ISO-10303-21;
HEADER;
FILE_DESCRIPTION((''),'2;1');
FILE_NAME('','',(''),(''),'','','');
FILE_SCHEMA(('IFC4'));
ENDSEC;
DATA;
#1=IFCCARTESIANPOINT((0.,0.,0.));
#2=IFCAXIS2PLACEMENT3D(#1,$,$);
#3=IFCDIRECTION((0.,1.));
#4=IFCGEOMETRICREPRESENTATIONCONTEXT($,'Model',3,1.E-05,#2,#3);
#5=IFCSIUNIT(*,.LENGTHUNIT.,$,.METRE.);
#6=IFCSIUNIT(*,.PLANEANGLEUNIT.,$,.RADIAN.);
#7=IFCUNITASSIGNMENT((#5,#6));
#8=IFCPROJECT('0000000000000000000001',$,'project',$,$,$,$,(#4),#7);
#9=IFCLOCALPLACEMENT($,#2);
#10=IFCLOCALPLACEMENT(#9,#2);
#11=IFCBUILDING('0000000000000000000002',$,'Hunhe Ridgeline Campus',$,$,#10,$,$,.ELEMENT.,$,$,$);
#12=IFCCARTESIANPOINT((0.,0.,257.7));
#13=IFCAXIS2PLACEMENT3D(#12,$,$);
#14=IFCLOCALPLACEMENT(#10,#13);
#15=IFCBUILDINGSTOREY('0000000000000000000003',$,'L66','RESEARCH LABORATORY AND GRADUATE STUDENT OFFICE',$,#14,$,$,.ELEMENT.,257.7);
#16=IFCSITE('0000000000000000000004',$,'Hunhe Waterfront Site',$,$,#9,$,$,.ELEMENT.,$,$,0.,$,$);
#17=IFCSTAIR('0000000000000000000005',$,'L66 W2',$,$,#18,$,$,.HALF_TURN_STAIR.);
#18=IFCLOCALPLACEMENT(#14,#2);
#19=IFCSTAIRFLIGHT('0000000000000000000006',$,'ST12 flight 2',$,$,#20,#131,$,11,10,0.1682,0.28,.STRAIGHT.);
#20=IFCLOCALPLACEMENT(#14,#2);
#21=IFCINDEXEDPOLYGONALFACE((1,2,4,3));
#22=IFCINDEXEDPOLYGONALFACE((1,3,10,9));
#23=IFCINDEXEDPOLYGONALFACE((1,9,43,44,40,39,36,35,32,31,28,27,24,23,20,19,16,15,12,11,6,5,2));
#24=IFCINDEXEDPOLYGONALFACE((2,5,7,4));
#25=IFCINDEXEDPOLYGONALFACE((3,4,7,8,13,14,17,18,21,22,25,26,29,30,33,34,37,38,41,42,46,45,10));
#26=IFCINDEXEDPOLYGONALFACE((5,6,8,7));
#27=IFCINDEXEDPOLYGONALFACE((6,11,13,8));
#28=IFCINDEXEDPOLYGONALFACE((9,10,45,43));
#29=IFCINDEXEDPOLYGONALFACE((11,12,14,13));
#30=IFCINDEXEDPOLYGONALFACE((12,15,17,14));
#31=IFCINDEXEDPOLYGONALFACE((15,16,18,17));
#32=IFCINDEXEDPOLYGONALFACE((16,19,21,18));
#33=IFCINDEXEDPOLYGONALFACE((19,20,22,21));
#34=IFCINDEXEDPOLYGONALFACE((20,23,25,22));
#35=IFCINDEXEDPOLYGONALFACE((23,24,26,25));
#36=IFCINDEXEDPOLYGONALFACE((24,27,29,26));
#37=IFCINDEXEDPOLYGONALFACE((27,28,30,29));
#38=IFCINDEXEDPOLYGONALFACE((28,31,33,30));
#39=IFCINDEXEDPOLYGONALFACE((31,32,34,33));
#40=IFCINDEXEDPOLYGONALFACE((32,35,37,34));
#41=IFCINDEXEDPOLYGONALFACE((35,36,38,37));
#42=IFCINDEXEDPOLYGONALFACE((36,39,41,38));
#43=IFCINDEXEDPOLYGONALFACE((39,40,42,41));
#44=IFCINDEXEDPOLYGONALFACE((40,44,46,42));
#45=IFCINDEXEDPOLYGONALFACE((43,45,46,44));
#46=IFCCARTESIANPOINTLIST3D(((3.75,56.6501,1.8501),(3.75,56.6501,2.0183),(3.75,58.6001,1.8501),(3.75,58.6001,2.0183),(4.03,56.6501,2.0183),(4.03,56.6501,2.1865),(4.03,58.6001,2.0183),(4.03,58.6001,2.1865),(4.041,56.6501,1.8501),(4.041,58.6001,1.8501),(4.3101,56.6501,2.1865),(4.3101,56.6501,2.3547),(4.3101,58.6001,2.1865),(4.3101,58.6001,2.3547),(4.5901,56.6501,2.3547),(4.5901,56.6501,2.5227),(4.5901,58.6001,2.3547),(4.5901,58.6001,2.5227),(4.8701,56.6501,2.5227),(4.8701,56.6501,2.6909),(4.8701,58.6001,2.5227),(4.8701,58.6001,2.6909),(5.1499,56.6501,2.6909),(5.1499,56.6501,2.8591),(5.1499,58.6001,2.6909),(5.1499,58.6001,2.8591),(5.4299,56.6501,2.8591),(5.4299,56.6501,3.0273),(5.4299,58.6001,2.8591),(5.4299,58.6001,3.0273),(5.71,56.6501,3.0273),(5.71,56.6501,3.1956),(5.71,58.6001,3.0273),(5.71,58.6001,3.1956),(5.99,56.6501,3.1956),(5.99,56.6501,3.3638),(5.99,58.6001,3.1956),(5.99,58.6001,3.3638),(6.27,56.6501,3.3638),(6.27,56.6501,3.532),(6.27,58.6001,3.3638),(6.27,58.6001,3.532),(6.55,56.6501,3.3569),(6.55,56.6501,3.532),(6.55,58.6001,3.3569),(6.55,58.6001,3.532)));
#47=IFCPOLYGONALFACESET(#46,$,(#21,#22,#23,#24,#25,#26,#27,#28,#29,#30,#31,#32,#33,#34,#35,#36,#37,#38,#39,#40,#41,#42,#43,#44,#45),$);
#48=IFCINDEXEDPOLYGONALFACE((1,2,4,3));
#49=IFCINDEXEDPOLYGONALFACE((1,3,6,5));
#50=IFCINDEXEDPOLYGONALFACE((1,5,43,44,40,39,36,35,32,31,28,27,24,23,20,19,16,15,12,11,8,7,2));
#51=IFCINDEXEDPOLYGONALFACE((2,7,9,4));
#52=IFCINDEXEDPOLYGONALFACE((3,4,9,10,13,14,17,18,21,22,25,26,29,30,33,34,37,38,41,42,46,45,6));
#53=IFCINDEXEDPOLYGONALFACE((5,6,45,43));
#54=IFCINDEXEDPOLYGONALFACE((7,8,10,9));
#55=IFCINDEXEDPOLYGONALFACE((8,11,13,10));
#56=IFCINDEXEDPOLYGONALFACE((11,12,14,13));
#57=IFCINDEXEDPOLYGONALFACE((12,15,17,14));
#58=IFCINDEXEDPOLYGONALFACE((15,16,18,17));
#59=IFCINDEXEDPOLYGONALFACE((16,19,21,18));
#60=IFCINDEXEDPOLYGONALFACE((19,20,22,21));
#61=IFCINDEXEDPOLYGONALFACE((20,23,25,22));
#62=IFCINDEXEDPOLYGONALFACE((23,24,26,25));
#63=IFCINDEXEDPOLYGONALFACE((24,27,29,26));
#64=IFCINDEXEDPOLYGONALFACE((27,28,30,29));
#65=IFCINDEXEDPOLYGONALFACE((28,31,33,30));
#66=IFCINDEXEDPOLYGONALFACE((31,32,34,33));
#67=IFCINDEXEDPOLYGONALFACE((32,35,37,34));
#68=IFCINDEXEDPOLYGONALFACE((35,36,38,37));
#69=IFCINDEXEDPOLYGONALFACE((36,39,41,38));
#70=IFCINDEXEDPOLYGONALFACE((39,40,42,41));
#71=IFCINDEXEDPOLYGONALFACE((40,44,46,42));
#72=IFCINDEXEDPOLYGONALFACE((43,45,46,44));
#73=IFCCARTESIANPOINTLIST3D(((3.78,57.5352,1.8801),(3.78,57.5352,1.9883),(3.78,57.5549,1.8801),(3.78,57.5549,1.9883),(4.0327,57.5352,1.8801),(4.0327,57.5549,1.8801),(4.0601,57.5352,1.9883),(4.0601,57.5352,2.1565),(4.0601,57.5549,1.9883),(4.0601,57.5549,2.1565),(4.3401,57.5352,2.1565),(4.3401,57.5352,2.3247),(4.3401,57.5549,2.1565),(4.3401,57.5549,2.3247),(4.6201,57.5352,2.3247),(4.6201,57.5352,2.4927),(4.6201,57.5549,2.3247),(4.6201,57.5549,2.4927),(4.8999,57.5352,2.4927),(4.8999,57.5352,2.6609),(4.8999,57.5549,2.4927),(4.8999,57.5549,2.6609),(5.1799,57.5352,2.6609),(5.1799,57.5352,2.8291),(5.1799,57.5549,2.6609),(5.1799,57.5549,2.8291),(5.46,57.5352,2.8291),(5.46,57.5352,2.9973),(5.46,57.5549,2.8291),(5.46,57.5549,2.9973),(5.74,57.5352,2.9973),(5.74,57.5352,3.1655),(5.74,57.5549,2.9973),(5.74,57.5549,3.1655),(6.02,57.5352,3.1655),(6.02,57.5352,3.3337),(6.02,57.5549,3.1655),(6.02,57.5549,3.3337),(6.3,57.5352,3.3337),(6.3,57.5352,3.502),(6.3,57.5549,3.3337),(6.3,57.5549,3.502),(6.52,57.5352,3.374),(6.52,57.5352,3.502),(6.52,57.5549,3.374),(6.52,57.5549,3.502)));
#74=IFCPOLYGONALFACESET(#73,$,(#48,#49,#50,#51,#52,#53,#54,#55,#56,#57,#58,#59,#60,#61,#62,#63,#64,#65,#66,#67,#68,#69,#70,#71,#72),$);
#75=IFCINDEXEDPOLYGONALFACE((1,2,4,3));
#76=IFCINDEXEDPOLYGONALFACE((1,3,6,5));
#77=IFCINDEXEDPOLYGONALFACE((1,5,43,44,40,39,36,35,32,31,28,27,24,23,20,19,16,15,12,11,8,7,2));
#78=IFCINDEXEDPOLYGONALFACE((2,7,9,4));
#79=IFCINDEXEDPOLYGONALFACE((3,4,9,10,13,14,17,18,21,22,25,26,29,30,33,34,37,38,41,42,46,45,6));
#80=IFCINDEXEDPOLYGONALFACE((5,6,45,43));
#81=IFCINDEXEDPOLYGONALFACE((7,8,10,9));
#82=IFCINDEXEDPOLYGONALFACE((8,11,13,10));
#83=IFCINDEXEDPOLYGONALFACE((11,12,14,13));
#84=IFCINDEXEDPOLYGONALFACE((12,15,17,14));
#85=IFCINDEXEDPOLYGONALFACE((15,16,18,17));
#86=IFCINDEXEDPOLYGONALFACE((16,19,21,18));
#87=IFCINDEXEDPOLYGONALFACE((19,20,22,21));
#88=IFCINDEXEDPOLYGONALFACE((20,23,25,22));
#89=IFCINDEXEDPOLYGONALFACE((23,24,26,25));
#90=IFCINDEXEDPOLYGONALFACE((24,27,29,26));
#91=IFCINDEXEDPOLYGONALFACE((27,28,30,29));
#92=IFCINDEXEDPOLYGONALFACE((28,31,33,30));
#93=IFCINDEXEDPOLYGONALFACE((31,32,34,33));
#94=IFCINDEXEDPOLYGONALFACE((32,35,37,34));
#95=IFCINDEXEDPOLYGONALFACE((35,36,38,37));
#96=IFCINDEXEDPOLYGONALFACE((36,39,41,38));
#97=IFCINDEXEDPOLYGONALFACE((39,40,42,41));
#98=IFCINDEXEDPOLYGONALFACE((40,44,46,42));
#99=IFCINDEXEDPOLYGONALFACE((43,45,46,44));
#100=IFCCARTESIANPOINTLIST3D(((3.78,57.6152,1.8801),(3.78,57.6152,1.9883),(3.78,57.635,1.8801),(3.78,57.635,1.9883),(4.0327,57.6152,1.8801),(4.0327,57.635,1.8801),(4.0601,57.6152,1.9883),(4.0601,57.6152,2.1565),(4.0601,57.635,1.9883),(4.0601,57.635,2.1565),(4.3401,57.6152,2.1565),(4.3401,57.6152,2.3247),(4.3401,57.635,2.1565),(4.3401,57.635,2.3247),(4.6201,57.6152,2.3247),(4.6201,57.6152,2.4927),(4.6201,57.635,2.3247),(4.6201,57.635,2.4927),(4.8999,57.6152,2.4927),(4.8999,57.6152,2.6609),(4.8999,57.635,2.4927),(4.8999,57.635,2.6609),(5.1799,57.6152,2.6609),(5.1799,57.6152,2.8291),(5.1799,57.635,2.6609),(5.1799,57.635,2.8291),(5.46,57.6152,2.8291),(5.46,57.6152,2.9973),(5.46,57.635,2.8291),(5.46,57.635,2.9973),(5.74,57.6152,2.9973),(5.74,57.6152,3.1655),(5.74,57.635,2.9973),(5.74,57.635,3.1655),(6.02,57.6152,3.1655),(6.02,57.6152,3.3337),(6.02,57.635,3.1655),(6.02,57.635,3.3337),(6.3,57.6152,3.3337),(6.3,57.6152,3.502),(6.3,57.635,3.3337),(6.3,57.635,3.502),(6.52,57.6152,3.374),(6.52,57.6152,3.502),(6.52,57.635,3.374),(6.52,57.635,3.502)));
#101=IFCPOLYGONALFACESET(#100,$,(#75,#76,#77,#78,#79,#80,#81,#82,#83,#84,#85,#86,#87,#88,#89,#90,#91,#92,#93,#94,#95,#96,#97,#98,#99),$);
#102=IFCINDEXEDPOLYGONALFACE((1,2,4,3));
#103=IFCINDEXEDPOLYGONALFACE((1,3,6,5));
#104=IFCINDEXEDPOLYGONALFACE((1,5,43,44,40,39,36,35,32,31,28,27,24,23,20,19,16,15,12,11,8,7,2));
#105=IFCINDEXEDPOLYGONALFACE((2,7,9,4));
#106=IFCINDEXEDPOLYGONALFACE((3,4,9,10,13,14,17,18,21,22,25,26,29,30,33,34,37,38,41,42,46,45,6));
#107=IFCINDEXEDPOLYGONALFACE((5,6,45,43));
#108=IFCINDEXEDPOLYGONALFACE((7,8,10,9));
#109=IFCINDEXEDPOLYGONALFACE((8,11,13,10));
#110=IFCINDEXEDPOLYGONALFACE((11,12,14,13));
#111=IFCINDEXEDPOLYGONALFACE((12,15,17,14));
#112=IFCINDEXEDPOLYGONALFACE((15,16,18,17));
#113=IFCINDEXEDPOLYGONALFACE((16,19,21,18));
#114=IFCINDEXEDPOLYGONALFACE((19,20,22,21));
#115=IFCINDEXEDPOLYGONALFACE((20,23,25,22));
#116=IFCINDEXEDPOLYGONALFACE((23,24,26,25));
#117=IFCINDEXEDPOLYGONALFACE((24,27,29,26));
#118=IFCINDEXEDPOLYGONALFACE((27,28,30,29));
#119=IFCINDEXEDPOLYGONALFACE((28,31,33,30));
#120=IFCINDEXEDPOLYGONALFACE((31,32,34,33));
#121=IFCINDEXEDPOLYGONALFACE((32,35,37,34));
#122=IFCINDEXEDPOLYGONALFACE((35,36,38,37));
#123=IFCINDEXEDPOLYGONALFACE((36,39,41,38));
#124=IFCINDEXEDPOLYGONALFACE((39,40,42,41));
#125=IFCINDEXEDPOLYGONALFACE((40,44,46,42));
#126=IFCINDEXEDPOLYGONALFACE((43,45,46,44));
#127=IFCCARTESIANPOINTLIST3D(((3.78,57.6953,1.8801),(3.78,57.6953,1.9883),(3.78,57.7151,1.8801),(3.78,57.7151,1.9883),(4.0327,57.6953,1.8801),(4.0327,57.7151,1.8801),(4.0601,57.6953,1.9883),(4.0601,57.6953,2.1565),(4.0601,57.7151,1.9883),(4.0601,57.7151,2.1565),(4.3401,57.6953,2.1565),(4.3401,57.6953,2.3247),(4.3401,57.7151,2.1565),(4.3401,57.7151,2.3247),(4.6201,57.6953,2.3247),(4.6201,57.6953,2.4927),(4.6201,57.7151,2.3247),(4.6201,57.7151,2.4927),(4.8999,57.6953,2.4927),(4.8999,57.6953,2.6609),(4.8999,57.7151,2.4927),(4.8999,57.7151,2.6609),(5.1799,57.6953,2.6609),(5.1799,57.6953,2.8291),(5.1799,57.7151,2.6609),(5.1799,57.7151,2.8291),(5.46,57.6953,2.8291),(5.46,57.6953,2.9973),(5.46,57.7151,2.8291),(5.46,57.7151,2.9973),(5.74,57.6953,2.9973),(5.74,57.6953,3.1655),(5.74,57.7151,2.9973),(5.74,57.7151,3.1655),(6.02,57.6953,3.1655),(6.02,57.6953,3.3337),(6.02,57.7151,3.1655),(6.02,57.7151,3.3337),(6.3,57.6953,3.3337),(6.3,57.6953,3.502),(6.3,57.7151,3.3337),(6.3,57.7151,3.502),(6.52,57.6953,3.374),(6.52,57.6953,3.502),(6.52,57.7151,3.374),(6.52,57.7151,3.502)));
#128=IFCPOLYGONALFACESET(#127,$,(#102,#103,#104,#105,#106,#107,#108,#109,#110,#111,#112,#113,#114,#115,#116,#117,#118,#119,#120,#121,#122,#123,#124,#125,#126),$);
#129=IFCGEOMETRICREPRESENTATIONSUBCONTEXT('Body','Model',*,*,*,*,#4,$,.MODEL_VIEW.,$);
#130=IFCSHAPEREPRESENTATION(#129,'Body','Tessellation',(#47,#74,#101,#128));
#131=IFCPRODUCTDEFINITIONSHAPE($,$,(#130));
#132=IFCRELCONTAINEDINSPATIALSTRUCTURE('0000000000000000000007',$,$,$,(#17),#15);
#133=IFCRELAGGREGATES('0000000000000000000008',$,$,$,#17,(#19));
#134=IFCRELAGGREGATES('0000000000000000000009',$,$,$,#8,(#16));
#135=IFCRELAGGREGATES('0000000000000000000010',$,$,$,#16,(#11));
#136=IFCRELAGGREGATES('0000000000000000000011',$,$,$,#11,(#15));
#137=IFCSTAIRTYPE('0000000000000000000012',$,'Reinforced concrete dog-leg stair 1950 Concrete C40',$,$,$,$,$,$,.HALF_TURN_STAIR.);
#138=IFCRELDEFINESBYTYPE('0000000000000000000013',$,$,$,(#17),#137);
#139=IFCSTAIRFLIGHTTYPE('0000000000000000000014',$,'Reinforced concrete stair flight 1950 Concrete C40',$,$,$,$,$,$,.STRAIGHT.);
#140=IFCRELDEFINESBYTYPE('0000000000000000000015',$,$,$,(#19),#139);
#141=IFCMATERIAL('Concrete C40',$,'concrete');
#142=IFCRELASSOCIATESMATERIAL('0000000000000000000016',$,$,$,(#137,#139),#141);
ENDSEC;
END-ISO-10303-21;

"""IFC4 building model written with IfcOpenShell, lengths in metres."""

from ifc_helpers import new_model, si_unit, direction, frame, origin, place, context, subcontext, project, spatial, polyline, outline, extrude, material, type_object, element, aggregate, save


model = new_model("IFC4")

# Units and contexts
model_context = context("Model", 3, precision=1e-05, world=origin(), true_north=direction((0.0, 1.0)))
body_context = subcontext(model_context, "Body", "Model", "MODEL_VIEW")
ifc_project = project(units=[si_unit("LENGTHUNIT", "METRE"), si_unit("PLANEANGLEUNIT", "RADIAN")], contexts=[model_context])

# Site, building, storey
site_placement = place(None, origin())
site = spatial("IfcSite", under=ifc_project, at=site_placement, Name="Hunhe Waterfront Site", CompositionType="ELEMENT", RefElevation=0.0)
building_placement = place(site_placement, origin())
building = spatial("IfcBuilding", under=site, at=building_placement, Name="Hunhe Ridgeline Campus", CompositionType="ELEMENT")
storey_placement = place(building_placement, frame((0.0, 0.0, 257.7)))
storey = spatial("IfcBuildingStorey", under=building, at=storey_placement, Name="L66", Description="RESEARCH LABORATORY AND GRADUATE STUDENT OFFICE", CompositionType="ELEMENT", Elevation=257.7)

# Shared definitions
ifc_material_1 = material(Name="Concrete C40", Category="concrete")
stair_type = type_object("IfcStairType", Name="Reinforced concrete dog-leg stair 1950 Concrete C40", PredefinedType="HALF_TURN_STAIR", material=ifc_material_1)
stair_flight_type = type_object("IfcStairFlightType", Name="Reinforced concrete stair flight 1950 Concrete C40", PredefinedType="STRAIGHT", material=ifc_material_1)

# Stair, stair flight
stair_1_placement = place(storey_placement, origin())
stair_1 = element("IfcStair", 1, at=stair_1_placement, inside=storey, type_object=stair_type, Name="L66 W2", PredefinedType="HALF_TURN_STAIR")
stair_flight_1_placement = place(storey_placement, frame((3.75, 57.625, 1.8501), z_axis=(0.0, 0.0, 1.0), x_axis=(1.0, 0.0, 0.0)))
stair_flight_1 = element("IfcStairFlight", 2, at=stair_flight_1_placement, type_object=stair_flight_type, Name="ST12 flight 2", NumberOfRisers=11, NumberOfTreads=10, PredefinedType="STRAIGHT", RiserHeight=0.1682, TreadLength=0.28, context=body_context, shape_type="SweptSolid", body=[
    extrude(outline(polyline([(0.0, 0.0), (0.0, 0.1682), (0.28, 0.1682), (0.28, 0.3364), (0.5601, 0.3364), (0.5601, 0.5046), (0.8401, 0.5046), (0.8401, 0.6726), (1.1201, 0.6726), (1.1201, 0.8408), (1.3999, 0.8408), (1.3999, 1.009), (1.6799, 1.009), (1.6799, 1.1772), (1.96, 1.1772), (1.96, 1.3455), (2.24, 1.3455), (2.24, 1.5137), (2.52, 1.5137), (2.52, 1.6819), (2.8, 1.6819), (2.8, 1.8501), (2.8, 1.5068), (0.291, 0.0), (0.0, 0.0)])), frame((0.0, 0.9751, 0.0), z_axis=(0.0, -1.0, 0.0), x_axis=(1.0, 0.0, 0.0)), (0.0, 0.0, 1.0), 1.95),
    extrude(outline(polyline([(0.03, 0.03), (0.03, 0.1382), (0.3101, 0.1382), (0.3101, 0.3064), (0.5901, 0.3064), (0.5901, 0.4746), (0.8701, 0.4746), (0.8701, 0.6426), (1.1499, 0.6426), (1.1499, 0.8108), (1.4299, 0.8108), (1.4299, 0.979), (1.71, 0.979), (1.71, 1.1472), (1.99, 1.1472), (1.99, 1.3154), (2.27, 1.3154), (2.27, 1.4836), (2.55, 1.4836), (2.55, 1.6519), (2.77, 1.6519), (2.77, 1.5239), (0.2827, 0.03), (0.03, 0.03)])), frame((0.0, -0.0701, 0.0), z_axis=(0.0, -1.0, 0.0), x_axis=(1.0, 0.0, 0.0)), (0.0, 0.0, 1.0), 0.0198),
    extrude(outline(polyline([(0.03, 0.03), (0.03, 0.1382), (0.3101, 0.1382), (0.3101, 0.3064), (0.5901, 0.3064), (0.5901, 0.4746), (0.8701, 0.4746), (0.8701, 0.6426), (1.1499, 0.6426), (1.1499, 0.8108), (1.4299, 0.8108), (1.4299, 0.979), (1.71, 0.979), (1.71, 1.1472), (1.99, 1.1472), (1.99, 1.3154), (2.27, 1.3154), (2.27, 1.4836), (2.55, 1.4836), (2.55, 1.6519), (2.77, 1.6519), (2.77, 1.5239), (0.2827, 0.03), (0.03, 0.03)])), frame((0.0, 0.01, 0.0), z_axis=(0.0, -1.0, 0.0), x_axis=(1.0, 0.0, 0.0)), (0.0, 0.0, 1.0), 0.0198),
    extrude(outline(polyline([(0.03, 0.03), (0.03, 0.1382), (0.3101, 0.1382), (0.3101, 0.3064), (0.5901, 0.3064), (0.5901, 0.4746), (0.8701, 0.4746), (0.8701, 0.6426), (1.1499, 0.6426), (1.1499, 0.8108), (1.4299, 0.8108), (1.4299, 0.979), (1.71, 0.979), (1.71, 1.1472), (1.99, 1.1472), (1.99, 1.3154), (2.27, 1.3154), (2.27, 1.4836), (2.55, 1.4836), (2.55, 1.6519), (2.77, 1.6519), (2.77, 1.5239), (0.2827, 0.03), (0.03, 0.03)])), frame((0.0, 0.0901, 0.0), z_axis=(0.0, -1.0, 0.0), x_axis=(1.0, 0.0, 0.0)), (0.0, 0.0, 1.0), 0.0198),
])
aggregate(stair_1, [stair_flight_1])

save(model, "model.ifc")
